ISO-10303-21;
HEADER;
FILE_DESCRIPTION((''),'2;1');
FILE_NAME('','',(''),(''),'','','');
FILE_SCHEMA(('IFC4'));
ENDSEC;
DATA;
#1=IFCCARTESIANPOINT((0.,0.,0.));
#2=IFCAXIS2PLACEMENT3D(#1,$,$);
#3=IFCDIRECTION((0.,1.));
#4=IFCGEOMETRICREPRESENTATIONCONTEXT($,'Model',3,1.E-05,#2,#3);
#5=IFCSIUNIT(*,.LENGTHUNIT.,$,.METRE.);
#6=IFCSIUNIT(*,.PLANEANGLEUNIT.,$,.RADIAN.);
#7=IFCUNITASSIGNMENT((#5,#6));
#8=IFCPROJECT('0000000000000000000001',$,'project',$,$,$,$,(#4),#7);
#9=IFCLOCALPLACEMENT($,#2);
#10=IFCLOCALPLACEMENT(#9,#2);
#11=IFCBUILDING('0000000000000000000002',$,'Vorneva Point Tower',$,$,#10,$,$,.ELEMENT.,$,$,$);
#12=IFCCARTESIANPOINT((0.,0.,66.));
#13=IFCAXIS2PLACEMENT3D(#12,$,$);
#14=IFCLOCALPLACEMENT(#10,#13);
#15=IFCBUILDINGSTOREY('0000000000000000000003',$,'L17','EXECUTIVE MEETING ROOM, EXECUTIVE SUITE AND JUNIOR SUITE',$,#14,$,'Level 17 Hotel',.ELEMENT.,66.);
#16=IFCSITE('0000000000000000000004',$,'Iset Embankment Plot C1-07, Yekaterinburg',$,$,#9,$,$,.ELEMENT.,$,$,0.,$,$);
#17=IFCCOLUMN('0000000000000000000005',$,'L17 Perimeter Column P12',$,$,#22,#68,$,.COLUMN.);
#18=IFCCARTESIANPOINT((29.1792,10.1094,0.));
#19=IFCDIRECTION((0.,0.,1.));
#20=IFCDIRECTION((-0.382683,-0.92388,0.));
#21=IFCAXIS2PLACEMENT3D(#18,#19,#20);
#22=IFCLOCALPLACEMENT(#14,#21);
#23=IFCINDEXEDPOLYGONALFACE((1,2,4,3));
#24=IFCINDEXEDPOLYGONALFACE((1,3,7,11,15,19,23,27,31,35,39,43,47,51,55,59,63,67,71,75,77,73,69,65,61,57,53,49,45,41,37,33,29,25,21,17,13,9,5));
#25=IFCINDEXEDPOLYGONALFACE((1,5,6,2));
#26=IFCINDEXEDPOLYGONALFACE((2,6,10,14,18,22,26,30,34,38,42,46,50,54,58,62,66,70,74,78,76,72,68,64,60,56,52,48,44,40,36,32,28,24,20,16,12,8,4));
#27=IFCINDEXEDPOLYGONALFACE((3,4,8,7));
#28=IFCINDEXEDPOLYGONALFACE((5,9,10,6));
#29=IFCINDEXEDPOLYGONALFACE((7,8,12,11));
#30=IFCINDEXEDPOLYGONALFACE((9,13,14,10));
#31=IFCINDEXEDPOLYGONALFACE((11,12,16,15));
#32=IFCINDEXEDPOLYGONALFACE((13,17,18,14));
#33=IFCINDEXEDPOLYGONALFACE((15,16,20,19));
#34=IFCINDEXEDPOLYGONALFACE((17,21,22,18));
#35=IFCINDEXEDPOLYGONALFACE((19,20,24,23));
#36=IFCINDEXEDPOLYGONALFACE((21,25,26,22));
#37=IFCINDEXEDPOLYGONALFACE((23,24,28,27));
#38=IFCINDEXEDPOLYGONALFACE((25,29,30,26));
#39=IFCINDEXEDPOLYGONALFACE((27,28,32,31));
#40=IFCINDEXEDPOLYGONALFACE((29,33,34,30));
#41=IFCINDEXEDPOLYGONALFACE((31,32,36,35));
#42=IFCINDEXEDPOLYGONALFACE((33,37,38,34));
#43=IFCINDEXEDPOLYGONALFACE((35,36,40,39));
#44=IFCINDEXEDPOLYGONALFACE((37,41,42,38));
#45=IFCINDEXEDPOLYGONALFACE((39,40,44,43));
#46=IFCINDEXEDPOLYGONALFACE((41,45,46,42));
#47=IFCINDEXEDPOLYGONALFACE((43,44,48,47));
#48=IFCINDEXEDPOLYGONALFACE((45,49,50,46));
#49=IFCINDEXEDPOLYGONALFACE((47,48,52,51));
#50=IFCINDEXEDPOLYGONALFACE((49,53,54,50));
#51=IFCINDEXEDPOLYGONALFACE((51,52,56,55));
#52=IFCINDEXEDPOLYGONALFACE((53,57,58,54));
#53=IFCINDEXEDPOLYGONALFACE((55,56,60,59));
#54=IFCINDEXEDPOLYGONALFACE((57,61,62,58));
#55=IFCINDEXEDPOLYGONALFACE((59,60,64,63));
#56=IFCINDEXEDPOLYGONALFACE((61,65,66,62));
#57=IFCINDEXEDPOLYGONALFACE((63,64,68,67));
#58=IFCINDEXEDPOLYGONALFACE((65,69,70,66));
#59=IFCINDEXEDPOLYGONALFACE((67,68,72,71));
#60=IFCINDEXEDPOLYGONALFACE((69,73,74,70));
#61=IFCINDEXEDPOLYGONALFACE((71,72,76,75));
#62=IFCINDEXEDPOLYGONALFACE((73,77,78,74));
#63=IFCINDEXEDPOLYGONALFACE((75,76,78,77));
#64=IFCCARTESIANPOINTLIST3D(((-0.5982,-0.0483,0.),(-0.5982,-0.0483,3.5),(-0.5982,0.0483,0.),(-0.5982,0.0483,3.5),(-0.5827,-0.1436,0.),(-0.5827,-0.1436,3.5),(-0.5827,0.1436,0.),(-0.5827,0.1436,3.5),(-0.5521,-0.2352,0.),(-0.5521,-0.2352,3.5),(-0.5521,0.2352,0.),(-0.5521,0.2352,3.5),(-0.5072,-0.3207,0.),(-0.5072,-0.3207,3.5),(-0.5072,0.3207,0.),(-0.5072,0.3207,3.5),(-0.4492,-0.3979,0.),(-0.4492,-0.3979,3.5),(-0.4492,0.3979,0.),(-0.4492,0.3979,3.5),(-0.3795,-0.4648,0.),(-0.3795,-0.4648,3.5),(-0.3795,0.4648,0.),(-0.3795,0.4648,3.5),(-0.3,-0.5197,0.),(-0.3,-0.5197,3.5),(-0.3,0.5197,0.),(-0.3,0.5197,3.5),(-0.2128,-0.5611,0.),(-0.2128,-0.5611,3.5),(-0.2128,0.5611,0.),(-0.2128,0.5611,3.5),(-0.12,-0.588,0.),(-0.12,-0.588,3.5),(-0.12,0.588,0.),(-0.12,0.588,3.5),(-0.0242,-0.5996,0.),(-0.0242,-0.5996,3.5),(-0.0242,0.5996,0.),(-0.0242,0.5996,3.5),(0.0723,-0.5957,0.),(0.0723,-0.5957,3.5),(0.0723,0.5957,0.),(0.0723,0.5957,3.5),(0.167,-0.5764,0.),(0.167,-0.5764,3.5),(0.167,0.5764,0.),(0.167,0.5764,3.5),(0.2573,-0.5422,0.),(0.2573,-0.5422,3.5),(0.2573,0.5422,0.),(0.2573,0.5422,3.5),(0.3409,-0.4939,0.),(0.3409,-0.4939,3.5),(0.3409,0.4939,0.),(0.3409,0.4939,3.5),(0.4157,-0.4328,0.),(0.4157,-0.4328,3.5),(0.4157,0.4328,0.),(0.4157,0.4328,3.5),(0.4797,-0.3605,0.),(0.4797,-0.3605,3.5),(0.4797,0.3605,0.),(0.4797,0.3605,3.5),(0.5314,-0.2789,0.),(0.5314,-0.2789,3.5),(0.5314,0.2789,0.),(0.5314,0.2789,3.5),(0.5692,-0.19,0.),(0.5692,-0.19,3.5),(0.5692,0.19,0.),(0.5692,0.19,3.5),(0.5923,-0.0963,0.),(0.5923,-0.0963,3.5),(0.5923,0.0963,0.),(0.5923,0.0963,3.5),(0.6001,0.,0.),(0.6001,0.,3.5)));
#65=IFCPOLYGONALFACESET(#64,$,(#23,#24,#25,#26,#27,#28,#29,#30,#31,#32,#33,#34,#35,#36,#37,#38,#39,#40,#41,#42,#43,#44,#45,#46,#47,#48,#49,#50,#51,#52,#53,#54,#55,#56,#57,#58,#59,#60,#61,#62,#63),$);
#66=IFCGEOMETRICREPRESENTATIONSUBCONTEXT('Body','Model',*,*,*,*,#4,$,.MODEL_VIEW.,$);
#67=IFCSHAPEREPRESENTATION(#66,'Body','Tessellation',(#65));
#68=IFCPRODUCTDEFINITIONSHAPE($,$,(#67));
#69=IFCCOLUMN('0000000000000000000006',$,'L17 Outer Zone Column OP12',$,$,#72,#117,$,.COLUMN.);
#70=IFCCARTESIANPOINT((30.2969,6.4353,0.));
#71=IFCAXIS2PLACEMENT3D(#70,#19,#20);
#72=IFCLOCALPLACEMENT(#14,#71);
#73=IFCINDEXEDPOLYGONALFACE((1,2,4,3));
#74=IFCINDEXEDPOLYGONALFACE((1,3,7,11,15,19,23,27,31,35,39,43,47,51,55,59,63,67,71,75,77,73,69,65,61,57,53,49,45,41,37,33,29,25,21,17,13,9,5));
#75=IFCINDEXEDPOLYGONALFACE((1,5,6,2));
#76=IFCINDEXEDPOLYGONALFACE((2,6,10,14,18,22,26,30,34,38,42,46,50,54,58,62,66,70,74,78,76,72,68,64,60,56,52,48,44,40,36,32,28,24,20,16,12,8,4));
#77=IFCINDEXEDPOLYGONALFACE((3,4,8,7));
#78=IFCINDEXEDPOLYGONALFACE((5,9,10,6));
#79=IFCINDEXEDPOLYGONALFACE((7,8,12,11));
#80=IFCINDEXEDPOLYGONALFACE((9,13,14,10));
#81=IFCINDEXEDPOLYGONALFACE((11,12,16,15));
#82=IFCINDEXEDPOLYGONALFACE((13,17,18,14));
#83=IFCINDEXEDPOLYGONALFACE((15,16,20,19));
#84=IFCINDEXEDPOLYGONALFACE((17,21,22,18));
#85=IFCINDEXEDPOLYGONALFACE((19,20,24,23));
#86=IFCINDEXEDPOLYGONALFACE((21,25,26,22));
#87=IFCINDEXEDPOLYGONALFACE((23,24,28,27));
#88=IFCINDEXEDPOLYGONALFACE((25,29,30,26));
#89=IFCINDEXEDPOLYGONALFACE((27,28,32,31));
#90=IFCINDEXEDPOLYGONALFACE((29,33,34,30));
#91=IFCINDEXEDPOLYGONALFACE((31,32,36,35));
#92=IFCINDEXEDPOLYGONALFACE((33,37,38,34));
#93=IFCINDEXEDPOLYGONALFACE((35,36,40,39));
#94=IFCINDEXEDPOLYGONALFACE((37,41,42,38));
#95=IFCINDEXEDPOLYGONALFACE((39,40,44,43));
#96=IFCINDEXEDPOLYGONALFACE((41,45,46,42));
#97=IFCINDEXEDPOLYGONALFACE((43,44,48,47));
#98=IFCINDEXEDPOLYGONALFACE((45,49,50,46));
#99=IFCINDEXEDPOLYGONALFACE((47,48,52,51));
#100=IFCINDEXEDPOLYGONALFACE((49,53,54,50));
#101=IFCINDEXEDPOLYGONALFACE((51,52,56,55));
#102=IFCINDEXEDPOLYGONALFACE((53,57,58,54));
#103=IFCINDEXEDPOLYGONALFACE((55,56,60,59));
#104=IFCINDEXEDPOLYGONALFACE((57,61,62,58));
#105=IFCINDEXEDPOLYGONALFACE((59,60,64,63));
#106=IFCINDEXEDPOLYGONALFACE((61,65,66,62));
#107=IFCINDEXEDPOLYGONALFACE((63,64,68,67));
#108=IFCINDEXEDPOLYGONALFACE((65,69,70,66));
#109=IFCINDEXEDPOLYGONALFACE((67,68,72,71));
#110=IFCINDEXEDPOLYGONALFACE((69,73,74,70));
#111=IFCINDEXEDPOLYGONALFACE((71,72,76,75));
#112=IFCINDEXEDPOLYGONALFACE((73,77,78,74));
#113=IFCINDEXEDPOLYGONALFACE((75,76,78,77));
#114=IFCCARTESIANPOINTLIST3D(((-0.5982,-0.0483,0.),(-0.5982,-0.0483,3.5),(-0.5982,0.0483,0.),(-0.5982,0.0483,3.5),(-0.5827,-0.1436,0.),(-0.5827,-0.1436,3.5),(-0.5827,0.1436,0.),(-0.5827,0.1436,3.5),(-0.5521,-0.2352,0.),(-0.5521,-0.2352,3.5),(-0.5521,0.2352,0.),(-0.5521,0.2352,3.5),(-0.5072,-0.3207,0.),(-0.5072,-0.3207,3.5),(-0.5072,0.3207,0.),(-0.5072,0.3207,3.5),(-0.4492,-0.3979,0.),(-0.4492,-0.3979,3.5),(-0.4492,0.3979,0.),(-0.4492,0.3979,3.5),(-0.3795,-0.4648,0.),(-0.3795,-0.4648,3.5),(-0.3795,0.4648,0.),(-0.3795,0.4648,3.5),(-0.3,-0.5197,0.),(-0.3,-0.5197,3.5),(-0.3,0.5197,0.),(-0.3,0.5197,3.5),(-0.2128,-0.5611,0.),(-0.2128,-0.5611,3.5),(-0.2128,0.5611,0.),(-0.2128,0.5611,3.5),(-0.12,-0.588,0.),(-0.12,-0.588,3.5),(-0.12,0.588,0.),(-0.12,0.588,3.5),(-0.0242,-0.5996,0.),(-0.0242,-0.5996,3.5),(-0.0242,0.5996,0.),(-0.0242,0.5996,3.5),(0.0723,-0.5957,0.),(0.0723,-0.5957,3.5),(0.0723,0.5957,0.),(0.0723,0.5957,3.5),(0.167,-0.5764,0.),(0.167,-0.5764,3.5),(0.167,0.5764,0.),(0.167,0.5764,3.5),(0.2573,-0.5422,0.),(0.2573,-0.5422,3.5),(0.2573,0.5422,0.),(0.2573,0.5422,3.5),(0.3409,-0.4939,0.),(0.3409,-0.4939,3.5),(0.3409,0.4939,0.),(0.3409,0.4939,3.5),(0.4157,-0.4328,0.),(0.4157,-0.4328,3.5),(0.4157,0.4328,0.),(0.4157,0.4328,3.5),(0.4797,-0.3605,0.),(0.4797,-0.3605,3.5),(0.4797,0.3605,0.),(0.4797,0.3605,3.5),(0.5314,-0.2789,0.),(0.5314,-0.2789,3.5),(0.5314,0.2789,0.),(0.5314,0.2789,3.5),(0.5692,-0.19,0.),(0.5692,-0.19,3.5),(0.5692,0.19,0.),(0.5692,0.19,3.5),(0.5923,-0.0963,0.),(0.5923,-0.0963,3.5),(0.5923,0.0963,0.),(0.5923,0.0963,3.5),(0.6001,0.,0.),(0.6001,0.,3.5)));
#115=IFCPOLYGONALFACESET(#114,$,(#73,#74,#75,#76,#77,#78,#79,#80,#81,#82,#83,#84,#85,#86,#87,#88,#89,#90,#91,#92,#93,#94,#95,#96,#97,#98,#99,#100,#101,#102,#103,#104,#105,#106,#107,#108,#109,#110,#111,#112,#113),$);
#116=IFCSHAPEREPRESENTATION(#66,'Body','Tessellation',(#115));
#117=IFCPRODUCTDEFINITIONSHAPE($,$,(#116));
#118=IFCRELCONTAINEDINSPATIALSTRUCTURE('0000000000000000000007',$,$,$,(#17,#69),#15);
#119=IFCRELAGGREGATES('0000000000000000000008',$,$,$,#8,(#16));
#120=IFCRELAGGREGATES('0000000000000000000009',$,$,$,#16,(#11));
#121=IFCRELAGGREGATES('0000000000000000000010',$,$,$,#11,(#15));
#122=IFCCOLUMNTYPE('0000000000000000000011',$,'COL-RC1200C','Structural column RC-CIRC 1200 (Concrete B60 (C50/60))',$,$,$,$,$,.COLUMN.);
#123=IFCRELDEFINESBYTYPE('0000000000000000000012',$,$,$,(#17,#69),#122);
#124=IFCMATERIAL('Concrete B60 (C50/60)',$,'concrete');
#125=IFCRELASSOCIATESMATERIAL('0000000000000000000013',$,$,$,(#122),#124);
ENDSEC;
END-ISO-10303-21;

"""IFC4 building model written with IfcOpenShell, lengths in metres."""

from ifc_helpers import new_model, si_unit, direction, frame, origin, origin_2d, place, context, subcontext, project, spatial, circle, extrude, material, material_profile, profile_set, type_object, element, save


model = new_model("IFC4")

# Units and contexts
model_context = context("Model", 3, precision=1e-05, world=origin(), true_north=direction((0.0, 1.0)))
body_context = subcontext(model_context, "Body", "Model", "MODEL_VIEW")
ifc_project = project(units=[si_unit("LENGTHUNIT", "METRE"), si_unit("PLANEANGLEUNIT", "RADIAN")], contexts=[model_context])

# Site, building, storey
site_placement = place(None, origin())
site = spatial("IfcSite", under=ifc_project, at=site_placement, Name="Iset Embankment Plot C1-07, Yekaterinburg", CompositionType="ELEMENT", RefElevation=0.0)
building_placement = place(site_placement, origin())
building = spatial("IfcBuilding", under=site, at=building_placement, Name="Vorneva Point Tower", CompositionType="ELEMENT")
storey_placement = place(building_placement, frame((0.0, 0.0, 66.0)))
storey = spatial("IfcBuildingStorey", under=building, at=storey_placement, Name="L17", Description="EXECUTIVE MEETING ROOM, EXECUTIVE SUITE AND JUNIOR SUITE", LongName="Level 17 Hotel", CompositionType="ELEMENT", Elevation=66.0)

# Columns
ifc_material_1 = material(Name="Concrete B60 (C50/60)", Category="concrete")
ifc_material_profile_1 = material_profile(ifc_material_1, circle(Radius=0.6001, at=origin_2d()), Name="RC-CIRC 1200")
ifc_profile_set_1 = profile_set([ifc_material_profile_1], Name="Concrete B60 (C50/60)")
column_type = type_object("IfcColumnType", Name="COL-RC1200C", Description="Structural column RC-CIRC 1200 (Concrete B60 (C50/60))", PredefinedType="COLUMN", material=ifc_profile_set_1)
for number, where, z_axis, x_axis, name in (
    (1, (29.1792, 10.1094, 0.0), (0.0, 0.0, 1.0), (-0.382683, -0.92388, 0.0), "L17 Perimeter Column P12"),
    (2, (30.2969, 6.4353, 0.0), (0.0, 0.0, 1.0), (-0.382683, -0.92388, 0.0), "L17 Outer Zone Column OP12"),
):
    element("IfcColumn", number, at=place(storey_placement, frame(where, z_axis=z_axis, x_axis=x_axis)), inside=storey, type_object=column_type, Name=name, PredefinedType="COLUMN", context=body_context, shape_type="SweptSolid", body=[
        extrude(circle(Radius=0.6001, at=origin_2d()), origin(), (0.0, 0.0, 1.0), 3.5),
    ])

save(model, "model.ifc")
